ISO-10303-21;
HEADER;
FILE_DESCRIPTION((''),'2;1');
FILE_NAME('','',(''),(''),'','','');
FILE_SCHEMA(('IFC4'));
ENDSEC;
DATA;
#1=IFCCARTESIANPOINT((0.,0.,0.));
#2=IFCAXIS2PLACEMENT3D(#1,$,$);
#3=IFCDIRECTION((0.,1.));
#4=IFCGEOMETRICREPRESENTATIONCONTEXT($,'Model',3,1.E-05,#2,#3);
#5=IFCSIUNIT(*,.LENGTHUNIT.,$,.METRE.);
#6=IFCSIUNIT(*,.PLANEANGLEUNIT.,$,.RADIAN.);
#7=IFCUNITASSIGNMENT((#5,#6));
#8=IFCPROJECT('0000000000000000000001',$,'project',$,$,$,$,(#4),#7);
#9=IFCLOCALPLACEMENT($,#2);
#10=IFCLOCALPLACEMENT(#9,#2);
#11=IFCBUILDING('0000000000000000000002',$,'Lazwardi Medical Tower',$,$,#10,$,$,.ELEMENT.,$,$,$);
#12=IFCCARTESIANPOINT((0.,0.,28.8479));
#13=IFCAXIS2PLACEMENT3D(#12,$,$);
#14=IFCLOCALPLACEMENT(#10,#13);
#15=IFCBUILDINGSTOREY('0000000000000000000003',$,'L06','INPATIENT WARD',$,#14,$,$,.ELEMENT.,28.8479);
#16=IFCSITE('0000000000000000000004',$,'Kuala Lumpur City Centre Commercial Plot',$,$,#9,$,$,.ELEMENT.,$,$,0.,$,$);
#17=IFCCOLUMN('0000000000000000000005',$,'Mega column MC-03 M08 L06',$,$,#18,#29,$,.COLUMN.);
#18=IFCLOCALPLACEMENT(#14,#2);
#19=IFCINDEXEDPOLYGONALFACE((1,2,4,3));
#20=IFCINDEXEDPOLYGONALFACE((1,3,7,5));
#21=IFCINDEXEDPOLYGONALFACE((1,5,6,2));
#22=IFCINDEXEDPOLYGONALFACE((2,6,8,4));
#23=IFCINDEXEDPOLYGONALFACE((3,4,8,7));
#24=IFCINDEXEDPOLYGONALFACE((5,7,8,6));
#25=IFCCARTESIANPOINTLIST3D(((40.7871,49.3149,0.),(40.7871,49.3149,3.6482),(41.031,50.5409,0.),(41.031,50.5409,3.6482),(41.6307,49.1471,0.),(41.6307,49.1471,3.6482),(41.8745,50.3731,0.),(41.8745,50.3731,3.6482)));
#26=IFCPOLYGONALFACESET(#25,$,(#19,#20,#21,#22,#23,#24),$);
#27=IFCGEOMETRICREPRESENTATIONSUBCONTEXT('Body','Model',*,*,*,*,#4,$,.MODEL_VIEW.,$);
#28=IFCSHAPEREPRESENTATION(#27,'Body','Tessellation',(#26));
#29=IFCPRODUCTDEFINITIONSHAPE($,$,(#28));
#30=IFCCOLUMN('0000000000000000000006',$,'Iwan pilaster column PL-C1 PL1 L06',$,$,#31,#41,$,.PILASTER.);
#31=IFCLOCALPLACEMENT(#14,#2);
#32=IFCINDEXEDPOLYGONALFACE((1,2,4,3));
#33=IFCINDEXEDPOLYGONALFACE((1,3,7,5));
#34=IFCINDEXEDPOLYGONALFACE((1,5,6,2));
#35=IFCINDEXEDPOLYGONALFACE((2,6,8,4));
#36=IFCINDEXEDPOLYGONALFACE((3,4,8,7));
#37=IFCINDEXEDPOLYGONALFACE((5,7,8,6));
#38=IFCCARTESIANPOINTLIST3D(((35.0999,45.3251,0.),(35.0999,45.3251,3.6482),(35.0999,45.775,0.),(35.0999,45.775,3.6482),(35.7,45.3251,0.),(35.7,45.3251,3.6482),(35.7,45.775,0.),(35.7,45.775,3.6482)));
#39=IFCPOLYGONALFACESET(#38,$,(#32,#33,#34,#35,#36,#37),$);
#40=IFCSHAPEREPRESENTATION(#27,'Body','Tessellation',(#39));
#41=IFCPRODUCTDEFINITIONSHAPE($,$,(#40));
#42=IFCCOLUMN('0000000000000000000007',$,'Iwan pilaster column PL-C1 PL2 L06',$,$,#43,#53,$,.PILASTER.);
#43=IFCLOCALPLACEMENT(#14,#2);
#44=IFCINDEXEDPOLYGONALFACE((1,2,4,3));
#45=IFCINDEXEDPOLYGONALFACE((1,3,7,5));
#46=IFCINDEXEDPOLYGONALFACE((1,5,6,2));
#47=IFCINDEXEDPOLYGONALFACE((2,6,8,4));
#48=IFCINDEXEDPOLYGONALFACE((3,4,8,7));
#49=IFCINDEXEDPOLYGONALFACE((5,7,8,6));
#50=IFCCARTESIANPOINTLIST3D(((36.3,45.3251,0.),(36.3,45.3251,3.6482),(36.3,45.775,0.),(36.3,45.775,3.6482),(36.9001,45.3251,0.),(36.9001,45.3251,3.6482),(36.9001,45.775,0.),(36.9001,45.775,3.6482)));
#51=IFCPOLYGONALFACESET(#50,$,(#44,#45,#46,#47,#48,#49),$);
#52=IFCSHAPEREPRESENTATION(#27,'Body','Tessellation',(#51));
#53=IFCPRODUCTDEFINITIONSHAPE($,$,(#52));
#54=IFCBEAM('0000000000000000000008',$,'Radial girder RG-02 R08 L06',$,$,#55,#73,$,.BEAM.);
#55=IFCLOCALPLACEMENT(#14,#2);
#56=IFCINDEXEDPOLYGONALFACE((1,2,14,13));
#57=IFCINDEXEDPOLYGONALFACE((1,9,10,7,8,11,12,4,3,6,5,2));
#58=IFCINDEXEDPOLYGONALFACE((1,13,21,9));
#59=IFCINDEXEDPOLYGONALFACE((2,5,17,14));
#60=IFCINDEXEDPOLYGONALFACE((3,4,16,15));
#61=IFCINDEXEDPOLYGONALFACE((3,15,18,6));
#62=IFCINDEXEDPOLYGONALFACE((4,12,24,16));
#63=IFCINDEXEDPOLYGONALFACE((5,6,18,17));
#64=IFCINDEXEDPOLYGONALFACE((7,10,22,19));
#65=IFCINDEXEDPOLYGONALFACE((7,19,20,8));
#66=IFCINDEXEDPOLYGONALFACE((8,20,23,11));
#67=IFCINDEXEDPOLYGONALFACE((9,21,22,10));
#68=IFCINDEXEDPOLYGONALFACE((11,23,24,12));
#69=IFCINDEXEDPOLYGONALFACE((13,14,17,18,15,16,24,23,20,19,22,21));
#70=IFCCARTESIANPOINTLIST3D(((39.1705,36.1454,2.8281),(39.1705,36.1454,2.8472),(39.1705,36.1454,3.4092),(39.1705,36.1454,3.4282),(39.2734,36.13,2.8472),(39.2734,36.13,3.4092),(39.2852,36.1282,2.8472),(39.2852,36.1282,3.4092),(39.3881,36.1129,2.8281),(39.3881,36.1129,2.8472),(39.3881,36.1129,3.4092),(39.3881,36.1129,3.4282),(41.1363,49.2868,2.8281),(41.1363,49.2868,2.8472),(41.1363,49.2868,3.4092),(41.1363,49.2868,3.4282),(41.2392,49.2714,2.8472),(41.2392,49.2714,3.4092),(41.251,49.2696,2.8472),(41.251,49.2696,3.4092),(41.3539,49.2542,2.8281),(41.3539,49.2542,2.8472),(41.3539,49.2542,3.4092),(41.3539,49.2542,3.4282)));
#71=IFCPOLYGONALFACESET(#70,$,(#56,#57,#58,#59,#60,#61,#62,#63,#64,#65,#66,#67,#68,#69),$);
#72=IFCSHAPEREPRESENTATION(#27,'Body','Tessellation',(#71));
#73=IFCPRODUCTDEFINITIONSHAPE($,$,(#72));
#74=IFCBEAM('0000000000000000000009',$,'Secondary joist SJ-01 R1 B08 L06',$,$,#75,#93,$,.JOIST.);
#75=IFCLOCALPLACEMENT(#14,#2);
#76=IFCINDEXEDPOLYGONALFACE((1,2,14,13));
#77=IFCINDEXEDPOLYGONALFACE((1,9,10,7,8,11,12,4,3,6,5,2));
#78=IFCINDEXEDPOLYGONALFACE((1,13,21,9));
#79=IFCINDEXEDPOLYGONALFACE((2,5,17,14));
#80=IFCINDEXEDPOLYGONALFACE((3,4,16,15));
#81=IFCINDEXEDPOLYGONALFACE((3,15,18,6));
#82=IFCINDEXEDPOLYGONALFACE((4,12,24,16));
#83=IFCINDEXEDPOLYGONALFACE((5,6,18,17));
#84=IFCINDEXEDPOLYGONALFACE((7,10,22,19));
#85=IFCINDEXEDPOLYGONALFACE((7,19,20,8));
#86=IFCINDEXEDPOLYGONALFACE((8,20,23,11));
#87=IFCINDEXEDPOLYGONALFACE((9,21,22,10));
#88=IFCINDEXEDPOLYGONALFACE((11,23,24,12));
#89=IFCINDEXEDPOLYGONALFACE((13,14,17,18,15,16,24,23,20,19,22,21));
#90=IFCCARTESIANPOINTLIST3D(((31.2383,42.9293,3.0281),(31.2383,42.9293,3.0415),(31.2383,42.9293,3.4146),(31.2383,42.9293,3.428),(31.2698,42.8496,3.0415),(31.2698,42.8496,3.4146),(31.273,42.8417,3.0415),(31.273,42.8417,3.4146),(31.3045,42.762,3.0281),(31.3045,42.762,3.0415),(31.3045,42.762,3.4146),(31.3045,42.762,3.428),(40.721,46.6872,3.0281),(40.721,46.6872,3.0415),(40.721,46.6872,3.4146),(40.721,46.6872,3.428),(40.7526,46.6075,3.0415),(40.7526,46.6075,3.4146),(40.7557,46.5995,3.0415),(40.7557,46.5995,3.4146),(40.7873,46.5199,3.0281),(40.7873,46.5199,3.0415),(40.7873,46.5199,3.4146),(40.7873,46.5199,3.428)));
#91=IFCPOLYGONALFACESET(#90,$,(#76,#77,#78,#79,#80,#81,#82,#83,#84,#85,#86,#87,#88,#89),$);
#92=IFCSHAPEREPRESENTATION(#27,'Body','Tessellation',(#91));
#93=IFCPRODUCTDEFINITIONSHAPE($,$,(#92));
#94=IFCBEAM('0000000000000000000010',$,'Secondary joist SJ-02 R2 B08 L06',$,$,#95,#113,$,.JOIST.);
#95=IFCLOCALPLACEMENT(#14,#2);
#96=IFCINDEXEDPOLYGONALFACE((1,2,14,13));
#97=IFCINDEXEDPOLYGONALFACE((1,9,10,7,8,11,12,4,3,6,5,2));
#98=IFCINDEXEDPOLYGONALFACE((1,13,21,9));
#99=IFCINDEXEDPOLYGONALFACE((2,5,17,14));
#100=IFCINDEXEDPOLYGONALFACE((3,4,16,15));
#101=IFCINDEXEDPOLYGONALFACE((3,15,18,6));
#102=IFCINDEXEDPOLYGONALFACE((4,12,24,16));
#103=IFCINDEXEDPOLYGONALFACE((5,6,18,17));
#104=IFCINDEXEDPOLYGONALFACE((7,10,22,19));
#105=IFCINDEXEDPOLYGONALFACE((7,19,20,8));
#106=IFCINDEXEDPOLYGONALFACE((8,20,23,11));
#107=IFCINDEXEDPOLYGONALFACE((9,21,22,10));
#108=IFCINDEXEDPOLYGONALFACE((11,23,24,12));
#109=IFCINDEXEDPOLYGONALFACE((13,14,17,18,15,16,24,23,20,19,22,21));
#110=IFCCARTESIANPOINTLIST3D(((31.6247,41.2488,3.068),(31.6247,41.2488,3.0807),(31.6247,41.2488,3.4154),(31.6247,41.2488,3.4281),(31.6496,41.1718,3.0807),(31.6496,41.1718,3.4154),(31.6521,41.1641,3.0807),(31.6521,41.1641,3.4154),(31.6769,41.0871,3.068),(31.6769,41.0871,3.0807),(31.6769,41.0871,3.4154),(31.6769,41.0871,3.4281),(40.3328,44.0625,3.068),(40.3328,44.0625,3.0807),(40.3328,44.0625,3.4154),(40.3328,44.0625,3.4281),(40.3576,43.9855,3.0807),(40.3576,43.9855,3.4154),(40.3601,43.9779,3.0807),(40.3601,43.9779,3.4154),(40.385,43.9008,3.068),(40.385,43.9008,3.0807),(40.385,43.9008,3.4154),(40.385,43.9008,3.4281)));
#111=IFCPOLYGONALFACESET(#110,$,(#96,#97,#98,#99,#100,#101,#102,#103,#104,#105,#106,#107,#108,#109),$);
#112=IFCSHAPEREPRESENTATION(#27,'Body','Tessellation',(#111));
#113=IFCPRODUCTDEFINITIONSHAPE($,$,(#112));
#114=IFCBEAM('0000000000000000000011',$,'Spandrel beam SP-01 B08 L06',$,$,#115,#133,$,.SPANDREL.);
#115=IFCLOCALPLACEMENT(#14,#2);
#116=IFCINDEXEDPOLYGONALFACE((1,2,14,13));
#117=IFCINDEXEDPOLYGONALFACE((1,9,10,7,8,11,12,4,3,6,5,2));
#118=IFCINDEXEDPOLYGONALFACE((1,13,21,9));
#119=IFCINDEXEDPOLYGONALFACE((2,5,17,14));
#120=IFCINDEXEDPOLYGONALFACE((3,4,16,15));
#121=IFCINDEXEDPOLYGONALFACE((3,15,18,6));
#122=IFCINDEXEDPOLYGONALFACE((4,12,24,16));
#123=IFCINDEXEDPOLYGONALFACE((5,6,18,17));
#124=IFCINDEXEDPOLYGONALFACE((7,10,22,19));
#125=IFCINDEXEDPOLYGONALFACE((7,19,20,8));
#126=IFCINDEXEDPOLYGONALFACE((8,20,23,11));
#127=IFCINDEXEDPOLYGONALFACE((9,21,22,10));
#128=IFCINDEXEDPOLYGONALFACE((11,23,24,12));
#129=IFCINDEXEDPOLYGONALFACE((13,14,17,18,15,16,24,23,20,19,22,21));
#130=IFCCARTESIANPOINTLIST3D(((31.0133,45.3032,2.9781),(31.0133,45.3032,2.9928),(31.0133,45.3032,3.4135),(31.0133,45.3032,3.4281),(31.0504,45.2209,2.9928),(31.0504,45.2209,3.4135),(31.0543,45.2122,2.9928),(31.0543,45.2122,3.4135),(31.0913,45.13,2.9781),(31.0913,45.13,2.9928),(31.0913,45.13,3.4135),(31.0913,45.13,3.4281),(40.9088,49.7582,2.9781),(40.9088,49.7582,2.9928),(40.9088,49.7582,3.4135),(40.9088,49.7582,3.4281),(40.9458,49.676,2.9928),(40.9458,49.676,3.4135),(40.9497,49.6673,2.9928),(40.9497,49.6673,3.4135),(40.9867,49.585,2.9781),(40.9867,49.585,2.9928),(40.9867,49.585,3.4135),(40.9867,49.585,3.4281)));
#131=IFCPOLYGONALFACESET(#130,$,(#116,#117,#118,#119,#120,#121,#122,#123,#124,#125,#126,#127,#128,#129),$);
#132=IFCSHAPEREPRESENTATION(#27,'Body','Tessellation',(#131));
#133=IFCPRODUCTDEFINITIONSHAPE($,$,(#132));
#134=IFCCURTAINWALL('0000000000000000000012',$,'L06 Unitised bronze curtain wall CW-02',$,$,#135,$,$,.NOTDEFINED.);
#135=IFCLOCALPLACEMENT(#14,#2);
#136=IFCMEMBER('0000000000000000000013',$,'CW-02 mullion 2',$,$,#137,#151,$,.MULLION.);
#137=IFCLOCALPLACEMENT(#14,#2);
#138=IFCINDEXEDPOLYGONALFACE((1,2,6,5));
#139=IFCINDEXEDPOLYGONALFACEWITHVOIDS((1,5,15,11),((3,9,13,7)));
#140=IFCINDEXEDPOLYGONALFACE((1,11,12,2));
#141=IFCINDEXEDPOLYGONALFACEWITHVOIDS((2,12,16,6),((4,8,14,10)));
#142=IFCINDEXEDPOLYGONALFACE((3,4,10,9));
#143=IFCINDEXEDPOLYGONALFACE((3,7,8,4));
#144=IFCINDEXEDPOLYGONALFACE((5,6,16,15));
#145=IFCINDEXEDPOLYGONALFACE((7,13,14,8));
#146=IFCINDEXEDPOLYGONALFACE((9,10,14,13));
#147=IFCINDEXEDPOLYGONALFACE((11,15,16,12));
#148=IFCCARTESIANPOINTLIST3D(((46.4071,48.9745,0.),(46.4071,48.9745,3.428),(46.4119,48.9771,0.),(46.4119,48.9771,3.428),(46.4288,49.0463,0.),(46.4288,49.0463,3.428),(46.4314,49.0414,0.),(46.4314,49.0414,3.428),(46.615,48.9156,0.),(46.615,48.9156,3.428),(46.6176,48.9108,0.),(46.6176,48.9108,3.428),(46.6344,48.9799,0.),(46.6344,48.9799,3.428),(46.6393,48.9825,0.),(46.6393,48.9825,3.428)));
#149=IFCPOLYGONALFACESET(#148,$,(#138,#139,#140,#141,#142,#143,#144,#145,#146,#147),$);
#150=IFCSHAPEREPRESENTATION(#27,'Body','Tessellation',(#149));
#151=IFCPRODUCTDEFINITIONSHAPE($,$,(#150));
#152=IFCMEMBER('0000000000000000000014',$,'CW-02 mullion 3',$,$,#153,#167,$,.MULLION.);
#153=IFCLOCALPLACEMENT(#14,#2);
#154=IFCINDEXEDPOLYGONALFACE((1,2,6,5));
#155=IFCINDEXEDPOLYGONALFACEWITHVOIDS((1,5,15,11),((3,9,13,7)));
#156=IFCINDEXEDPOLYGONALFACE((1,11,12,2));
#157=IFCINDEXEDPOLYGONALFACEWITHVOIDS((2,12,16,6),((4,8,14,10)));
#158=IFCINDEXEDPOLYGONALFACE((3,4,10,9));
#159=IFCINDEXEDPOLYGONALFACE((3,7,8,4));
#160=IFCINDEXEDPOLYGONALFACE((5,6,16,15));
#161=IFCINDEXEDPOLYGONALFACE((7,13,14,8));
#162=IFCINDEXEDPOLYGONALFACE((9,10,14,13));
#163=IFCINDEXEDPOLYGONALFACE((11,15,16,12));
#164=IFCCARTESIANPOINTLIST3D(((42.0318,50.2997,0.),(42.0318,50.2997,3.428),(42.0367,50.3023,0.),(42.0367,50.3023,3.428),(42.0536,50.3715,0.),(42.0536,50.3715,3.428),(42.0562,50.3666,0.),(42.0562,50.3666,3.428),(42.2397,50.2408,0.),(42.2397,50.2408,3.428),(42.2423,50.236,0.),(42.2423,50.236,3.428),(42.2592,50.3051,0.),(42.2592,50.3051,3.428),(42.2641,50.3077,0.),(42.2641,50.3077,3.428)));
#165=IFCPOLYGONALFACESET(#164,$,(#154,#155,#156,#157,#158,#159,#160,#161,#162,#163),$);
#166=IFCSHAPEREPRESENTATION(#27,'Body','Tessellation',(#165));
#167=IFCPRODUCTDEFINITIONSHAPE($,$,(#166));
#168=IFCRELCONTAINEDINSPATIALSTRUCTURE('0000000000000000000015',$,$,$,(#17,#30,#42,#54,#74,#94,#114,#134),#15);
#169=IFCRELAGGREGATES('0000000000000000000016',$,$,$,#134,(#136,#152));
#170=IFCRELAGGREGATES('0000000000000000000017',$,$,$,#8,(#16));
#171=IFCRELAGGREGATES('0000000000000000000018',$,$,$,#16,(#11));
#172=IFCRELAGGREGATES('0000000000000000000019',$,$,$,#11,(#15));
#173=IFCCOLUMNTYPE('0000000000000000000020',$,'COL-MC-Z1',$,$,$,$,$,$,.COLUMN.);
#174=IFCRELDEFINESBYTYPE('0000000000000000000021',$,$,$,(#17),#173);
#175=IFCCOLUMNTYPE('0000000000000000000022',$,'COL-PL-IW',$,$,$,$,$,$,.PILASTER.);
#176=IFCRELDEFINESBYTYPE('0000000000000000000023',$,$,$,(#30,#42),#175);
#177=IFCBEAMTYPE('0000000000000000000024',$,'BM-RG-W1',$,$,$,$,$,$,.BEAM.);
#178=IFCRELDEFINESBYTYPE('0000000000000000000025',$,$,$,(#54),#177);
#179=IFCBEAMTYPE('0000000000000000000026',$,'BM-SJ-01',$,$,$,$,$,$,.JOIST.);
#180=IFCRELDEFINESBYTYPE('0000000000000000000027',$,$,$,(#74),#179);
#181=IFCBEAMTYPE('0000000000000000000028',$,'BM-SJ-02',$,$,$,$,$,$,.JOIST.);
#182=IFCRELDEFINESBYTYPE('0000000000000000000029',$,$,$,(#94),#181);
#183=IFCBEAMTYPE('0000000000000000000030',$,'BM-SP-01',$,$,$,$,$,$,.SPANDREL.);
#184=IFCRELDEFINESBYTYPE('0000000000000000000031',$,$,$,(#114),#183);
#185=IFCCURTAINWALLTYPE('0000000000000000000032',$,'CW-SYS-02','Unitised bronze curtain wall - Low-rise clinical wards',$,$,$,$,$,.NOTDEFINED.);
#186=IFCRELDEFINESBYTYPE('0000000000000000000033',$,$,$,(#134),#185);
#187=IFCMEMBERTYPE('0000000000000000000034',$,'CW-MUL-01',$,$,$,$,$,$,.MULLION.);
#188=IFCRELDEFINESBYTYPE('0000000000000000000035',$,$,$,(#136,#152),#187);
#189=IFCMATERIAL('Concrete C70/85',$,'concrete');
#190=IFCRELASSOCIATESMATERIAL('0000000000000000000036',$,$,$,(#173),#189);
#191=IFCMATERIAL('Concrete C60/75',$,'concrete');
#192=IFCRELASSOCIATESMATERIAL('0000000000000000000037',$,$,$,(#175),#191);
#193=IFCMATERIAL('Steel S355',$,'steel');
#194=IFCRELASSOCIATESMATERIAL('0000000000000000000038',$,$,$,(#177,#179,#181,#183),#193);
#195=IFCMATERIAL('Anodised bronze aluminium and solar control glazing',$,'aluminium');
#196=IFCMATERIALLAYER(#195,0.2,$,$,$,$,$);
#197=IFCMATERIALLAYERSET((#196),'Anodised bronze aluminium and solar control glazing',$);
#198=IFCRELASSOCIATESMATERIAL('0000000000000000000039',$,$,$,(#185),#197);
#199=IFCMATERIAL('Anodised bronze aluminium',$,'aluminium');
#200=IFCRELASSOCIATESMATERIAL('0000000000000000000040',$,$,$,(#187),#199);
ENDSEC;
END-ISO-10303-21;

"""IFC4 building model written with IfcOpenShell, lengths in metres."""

from ifc_helpers import new_model, si_unit, direction, frame, origin, origin_2d, place, context, subcontext, project, spatial, rectangle, hollow_rectangle, i_section, extrude, material, layer, layer_set, material_profile, profile_set, type_object, element, aggregate, save


model = new_model("IFC4")

# Units and contexts
model_context = context("Model", 3, precision=1e-05, world=origin(), true_north=direction((0.0, 1.0)))
body_context = subcontext(model_context, "Body", "Model", "MODEL_VIEW")
ifc_project = project(units=[si_unit("LENGTHUNIT", "METRE"), si_unit("PLANEANGLEUNIT", "RADIAN")], contexts=[model_context])

# Site, building, storey
site_placement = place(None, origin())
site = spatial("IfcSite", under=ifc_project, at=site_placement, Name="Kuala Lumpur City Centre Commercial Plot", CompositionType="ELEMENT", RefElevation=0.0)
building_placement = place(site_placement, origin())
building = spatial("IfcBuilding", under=site, at=building_placement, Name="Lazwardi Medical Tower", CompositionType="ELEMENT")
storey_placement = place(building_placement, frame((0.0, 0.0, 28.8479)))
storey = spatial("IfcBuildingStorey", under=building, at=storey_placement, Name="L06", Description="INPATIENT WARD", CompositionType="ELEMENT", Elevation=28.8479)

# Columns
ifc_material_1 = material(Name="Concrete C70/85", Category="concrete")
ifc_material_profile_1 = material_profile(ifc_material_1, rectangle(XDim=1.25, YDim=0.8601, at=origin_2d()), Name="CFT-RECT 1250x860")
ifc_profile_set_1 = profile_set([ifc_material_profile_1], Name="Concrete C70/85")
column_type_1 = type_object("IfcColumnType", Name="COL-MC-Z1", PredefinedType="COLUMN", material=ifc_profile_set_1)
column_placement = place(storey_placement, frame((41.3308, 49.844, 0.0), z_axis=(0.0, 0.0, 1.0), x_axis=(0.19509, 0.980785, 0.0)))
element("IfcColumn", 1, at=column_placement, inside=storey, type_object=column_type_1, Name="Mega column MC-03 M08 L06", PredefinedType="COLUMN", context=body_context, shape_type="SweptSolid", body=[
    extrude(rectangle(XDim=1.25, YDim=0.8601, at=origin_2d()), origin(), (0.0, 0.0, 1.0), 3.6482),
])
ifc_material_2 = material(Name="Concrete C60/75", Category="concrete")
ifc_material_profile_2 = material_profile(ifc_material_2, rectangle(XDim=0.6001, YDim=0.45, at=origin_2d()), Name="RC 600x450")
ifc_profile_set_2 = profile_set([ifc_material_profile_2], Name="Concrete C60/75")
column_type_2 = type_object("IfcColumnType", Name="COL-PL-IW", PredefinedType="PILASTER", material=ifc_profile_set_2)
for number, where, z_axis, x_axis, name in (
    (2, (35.3999, 45.55, 0.0), (0.0, 0.0, 1.0), (1.0, 0.0, 0.0), "Iwan pilaster column PL-C1 PL1 L06"),
    (3, (36.6001, 45.55, 0.0), (0.0, 0.0, 1.0), (1.0, 0.0, 0.0), "Iwan pilaster column PL-C1 PL2 L06"),
):
    element("IfcColumn", number, at=place(storey_placement, frame(where, z_axis=z_axis, x_axis=x_axis)), inside=storey, type_object=column_type_2, Name=name, PredefinedType="PILASTER", context=body_context, shape_type="SweptSolid", body=[
        extrude(rectangle(XDim=0.6001, YDim=0.45, at=origin_2d()), origin(), (0.0, 0.0, 1.0), 3.6482),
    ])

# Beams
ifc_material_3 = material(Name="Steel S355", Category="steel")
ifc_material_profile_3 = material_profile(ifc_material_3, i_section(OverallWidth=0.22, OverallDepth=0.6001, WebThickness=0.012, FlangeThickness=0.019, at=origin_2d()), Name="IPE 600")
ifc_profile_set_3 = profile_set([ifc_material_profile_3], Name="Steel S355")
beam_type_1 = type_object("IfcBeamType", Name="BM-RG-W1", PredefinedType="BEAM", material=ifc_profile_set_3)
beam_1_placement = place(storey_placement, frame((41.2451, 49.2705, 3.1282), z_axis=(-0.147944, -0.988996, 0.0), x_axis=(0.988996, -0.147944, 0.0)))
element("IfcBeam", 4, at=beam_1_placement, inside=storey, type_object=beam_type_1, Name="Radial girder RG-02 R08 L06", PredefinedType="BEAM", context=body_context, shape_type="SweptSolid", body=[
    extrude(i_section(OverallWidth=0.22, OverallDepth=0.6001, WebThickness=0.012, FlangeThickness=0.019, at=origin_2d()), origin(), (0.0, 0.0, 1.0), 13.2876),
])
ifc_material_profile_4 = material_profile(ifc_material_3, i_section(OverallWidth=0.1799, OverallDepth=0.3999, WebThickness=0.0085, FlangeThickness=0.0134, at=origin_2d()), Name="IPE 400")
ifc_profile_set_4 = profile_set([ifc_material_profile_4], Name="Steel S355")
beam_type_2 = type_object("IfcBeamType", Name="BM-SJ-01", PredefinedType="JOIST", material=ifc_profile_set_4)
beam_2_placement = place(storey_placement, frame((40.7542, 46.6035, 3.228), z_axis=(-0.929664, -0.368409, 0.0), x_axis=(0.368409, -0.929664, 0.0)))
element("IfcBeam", 5, at=beam_2_placement, inside=storey, type_object=beam_type_2, Name="Secondary joist SJ-01 R1 B08 L06", PredefinedType="JOIST", context=body_context, shape_type="SweptSolid", body=[
    extrude(i_section(OverallWidth=0.1799, OverallDepth=0.3999, WebThickness=0.0085, FlangeThickness=0.0134, at=origin_2d()), origin(), (0.0, 0.0, 1.0), 10.2002),
])
ifc_material_profile_5 = material_profile(ifc_material_3, i_section(OverallWidth=0.1699, OverallDepth=0.3601, WebThickness=0.0081, FlangeThickness=0.0127, at=origin_2d()), Name="IPE 360")
ifc_profile_set_5 = profile_set([ifc_material_profile_5], Name="Steel S355")
beam_type_3 = type_object("IfcBeamType", Name="BM-SJ-02", PredefinedType="JOIST", material=ifc_profile_set_5)
beam_3_placement = place(storey_placement, frame((40.3589, 43.9817, 3.248), z_axis=(-0.951559, -0.307467, 0.0), x_axis=(0.307467, -0.951559, 0.0)))
element("IfcBeam", 6, at=beam_3_placement, inside=storey, type_object=beam_type_3, Name="Secondary joist SJ-02 R2 B08 L06", PredefinedType="JOIST", context=body_context, shape_type="SweptSolid", body=[
    extrude(i_section(OverallWidth=0.1699, OverallDepth=0.3601, WebThickness=0.0081, FlangeThickness=0.0127, at=origin_2d()), origin(), (0.0, 0.0, 1.0), 9.1514),
])
ifc_material_profile_6 = material_profile(ifc_material_3, i_section(OverallWidth=0.1899, OverallDepth=0.45, WebThickness=0.0095, FlangeThickness=0.0146, at=origin_2d()), Name="IPE 450")
ifc_profile_set_6 = profile_set([ifc_material_profile_6], Name="Steel S355")
beam_type_4 = type_object("IfcBeamType", Name="BM-SP-01", PredefinedType="SPANDREL", material=ifc_profile_set_6)
beam_4_placement = place(storey_placement, frame((40.9478, 49.6716, 3.2031), z_axis=(-0.911849, -0.410526, 0.0), x_axis=(0.410526, -0.911849, 0.0)))
element("IfcBeam", 7, at=beam_4_placement, inside=storey, type_object=beam_type_4, Name="Spandrel beam SP-01 B08 L06", PredefinedType="SPANDREL", context=body_context, shape_type="SweptSolid", body=[
    extrude(i_section(OverallWidth=0.1899, OverallDepth=0.45, WebThickness=0.0095, FlangeThickness=0.0146, at=origin_2d()), origin(), (0.0, 0.0, 1.0), 10.8521),
])

# Curtain wall, members
ifc_material_4 = material(Name="Anodised bronze aluminium and solar control glazing", Category="aluminium")
ifc_layer_1 = layer(ifc_material_4, 0.2)
ifc_layer_set_1 = layer_set([ifc_layer_1], Name="Anodised bronze aluminium and solar control glazing")
curtain_wall_type = type_object("IfcCurtainWallType", Name="CW-SYS-02", Description="Unitised bronze curtain wall - Low-rise clinical wards", PredefinedType="NOTDEFINED", material=ifc_layer_set_1)
curtain_wall_placement = place(storey_placement, origin())
curtain_wall = element("IfcCurtainWall", 8, at=curtain_wall_placement, inside=storey, type_object=curtain_wall_type, Name="L06 Unitised bronze curtain wall CW-02", PredefinedType="NOTDEFINED")
ifc_material_5 = material(Name="Anodised bronze aluminium", Category="aluminium")
ifc_material_profile_7 = material_profile(ifc_material_5, hollow_rectangle(XDim=0.075, YDim=0.22, WallThickness=0.0039, at=origin_2d()), Name="ALU-MULLION 220x75x4")
ifc_profile_set_7 = profile_set([ifc_material_profile_7], Name="Anodised bronze aluminium")
member_type_1 = type_object("IfcMemberType", Name="CW-MUL-01", PredefinedType="MULLION", material=ifc_profile_set_7)
member_1_placement = place(storey_placement, frame((46.5232, 48.9785, 0.0), z_axis=(0.0, 0.0, 1.0), x_axis=(-0.289896, -0.957058, 0.0)))
member_1 = element("IfcMember", 9, at=member_1_placement, type_object=member_type_1, Name="CW-02 mullion 2", PredefinedType="MULLION", context=body_context, shape_type="SweptSolid", body=[
    extrude(hollow_rectangle(XDim=0.075, YDim=0.22, WallThickness=0.0039, at=origin_2d()), origin(), (0.0, 0.0, 1.0), 3.428),
])
member_2_placement = place(storey_placement, frame((42.1479, 50.3037, 0.0), z_axis=(0.0, 0.0, 1.0), x_axis=(-0.289896, -0.957058, 0.0)))
member_2 = element("IfcMember", 10, at=member_2_placement, type_object=member_type_1, Name="CW-02 mullion 3", PredefinedType="MULLION", context=body_context, shape_type="SweptSolid", body=[
    extrude(hollow_rectangle(XDim=0.075, YDim=0.22, WallThickness=0.0039, at=origin_2d()), origin(), (0.0, 0.0, 1.0), 3.428),
])
aggregate(curtain_wall, [member_1, member_2])

save(model, "model.ifc")
